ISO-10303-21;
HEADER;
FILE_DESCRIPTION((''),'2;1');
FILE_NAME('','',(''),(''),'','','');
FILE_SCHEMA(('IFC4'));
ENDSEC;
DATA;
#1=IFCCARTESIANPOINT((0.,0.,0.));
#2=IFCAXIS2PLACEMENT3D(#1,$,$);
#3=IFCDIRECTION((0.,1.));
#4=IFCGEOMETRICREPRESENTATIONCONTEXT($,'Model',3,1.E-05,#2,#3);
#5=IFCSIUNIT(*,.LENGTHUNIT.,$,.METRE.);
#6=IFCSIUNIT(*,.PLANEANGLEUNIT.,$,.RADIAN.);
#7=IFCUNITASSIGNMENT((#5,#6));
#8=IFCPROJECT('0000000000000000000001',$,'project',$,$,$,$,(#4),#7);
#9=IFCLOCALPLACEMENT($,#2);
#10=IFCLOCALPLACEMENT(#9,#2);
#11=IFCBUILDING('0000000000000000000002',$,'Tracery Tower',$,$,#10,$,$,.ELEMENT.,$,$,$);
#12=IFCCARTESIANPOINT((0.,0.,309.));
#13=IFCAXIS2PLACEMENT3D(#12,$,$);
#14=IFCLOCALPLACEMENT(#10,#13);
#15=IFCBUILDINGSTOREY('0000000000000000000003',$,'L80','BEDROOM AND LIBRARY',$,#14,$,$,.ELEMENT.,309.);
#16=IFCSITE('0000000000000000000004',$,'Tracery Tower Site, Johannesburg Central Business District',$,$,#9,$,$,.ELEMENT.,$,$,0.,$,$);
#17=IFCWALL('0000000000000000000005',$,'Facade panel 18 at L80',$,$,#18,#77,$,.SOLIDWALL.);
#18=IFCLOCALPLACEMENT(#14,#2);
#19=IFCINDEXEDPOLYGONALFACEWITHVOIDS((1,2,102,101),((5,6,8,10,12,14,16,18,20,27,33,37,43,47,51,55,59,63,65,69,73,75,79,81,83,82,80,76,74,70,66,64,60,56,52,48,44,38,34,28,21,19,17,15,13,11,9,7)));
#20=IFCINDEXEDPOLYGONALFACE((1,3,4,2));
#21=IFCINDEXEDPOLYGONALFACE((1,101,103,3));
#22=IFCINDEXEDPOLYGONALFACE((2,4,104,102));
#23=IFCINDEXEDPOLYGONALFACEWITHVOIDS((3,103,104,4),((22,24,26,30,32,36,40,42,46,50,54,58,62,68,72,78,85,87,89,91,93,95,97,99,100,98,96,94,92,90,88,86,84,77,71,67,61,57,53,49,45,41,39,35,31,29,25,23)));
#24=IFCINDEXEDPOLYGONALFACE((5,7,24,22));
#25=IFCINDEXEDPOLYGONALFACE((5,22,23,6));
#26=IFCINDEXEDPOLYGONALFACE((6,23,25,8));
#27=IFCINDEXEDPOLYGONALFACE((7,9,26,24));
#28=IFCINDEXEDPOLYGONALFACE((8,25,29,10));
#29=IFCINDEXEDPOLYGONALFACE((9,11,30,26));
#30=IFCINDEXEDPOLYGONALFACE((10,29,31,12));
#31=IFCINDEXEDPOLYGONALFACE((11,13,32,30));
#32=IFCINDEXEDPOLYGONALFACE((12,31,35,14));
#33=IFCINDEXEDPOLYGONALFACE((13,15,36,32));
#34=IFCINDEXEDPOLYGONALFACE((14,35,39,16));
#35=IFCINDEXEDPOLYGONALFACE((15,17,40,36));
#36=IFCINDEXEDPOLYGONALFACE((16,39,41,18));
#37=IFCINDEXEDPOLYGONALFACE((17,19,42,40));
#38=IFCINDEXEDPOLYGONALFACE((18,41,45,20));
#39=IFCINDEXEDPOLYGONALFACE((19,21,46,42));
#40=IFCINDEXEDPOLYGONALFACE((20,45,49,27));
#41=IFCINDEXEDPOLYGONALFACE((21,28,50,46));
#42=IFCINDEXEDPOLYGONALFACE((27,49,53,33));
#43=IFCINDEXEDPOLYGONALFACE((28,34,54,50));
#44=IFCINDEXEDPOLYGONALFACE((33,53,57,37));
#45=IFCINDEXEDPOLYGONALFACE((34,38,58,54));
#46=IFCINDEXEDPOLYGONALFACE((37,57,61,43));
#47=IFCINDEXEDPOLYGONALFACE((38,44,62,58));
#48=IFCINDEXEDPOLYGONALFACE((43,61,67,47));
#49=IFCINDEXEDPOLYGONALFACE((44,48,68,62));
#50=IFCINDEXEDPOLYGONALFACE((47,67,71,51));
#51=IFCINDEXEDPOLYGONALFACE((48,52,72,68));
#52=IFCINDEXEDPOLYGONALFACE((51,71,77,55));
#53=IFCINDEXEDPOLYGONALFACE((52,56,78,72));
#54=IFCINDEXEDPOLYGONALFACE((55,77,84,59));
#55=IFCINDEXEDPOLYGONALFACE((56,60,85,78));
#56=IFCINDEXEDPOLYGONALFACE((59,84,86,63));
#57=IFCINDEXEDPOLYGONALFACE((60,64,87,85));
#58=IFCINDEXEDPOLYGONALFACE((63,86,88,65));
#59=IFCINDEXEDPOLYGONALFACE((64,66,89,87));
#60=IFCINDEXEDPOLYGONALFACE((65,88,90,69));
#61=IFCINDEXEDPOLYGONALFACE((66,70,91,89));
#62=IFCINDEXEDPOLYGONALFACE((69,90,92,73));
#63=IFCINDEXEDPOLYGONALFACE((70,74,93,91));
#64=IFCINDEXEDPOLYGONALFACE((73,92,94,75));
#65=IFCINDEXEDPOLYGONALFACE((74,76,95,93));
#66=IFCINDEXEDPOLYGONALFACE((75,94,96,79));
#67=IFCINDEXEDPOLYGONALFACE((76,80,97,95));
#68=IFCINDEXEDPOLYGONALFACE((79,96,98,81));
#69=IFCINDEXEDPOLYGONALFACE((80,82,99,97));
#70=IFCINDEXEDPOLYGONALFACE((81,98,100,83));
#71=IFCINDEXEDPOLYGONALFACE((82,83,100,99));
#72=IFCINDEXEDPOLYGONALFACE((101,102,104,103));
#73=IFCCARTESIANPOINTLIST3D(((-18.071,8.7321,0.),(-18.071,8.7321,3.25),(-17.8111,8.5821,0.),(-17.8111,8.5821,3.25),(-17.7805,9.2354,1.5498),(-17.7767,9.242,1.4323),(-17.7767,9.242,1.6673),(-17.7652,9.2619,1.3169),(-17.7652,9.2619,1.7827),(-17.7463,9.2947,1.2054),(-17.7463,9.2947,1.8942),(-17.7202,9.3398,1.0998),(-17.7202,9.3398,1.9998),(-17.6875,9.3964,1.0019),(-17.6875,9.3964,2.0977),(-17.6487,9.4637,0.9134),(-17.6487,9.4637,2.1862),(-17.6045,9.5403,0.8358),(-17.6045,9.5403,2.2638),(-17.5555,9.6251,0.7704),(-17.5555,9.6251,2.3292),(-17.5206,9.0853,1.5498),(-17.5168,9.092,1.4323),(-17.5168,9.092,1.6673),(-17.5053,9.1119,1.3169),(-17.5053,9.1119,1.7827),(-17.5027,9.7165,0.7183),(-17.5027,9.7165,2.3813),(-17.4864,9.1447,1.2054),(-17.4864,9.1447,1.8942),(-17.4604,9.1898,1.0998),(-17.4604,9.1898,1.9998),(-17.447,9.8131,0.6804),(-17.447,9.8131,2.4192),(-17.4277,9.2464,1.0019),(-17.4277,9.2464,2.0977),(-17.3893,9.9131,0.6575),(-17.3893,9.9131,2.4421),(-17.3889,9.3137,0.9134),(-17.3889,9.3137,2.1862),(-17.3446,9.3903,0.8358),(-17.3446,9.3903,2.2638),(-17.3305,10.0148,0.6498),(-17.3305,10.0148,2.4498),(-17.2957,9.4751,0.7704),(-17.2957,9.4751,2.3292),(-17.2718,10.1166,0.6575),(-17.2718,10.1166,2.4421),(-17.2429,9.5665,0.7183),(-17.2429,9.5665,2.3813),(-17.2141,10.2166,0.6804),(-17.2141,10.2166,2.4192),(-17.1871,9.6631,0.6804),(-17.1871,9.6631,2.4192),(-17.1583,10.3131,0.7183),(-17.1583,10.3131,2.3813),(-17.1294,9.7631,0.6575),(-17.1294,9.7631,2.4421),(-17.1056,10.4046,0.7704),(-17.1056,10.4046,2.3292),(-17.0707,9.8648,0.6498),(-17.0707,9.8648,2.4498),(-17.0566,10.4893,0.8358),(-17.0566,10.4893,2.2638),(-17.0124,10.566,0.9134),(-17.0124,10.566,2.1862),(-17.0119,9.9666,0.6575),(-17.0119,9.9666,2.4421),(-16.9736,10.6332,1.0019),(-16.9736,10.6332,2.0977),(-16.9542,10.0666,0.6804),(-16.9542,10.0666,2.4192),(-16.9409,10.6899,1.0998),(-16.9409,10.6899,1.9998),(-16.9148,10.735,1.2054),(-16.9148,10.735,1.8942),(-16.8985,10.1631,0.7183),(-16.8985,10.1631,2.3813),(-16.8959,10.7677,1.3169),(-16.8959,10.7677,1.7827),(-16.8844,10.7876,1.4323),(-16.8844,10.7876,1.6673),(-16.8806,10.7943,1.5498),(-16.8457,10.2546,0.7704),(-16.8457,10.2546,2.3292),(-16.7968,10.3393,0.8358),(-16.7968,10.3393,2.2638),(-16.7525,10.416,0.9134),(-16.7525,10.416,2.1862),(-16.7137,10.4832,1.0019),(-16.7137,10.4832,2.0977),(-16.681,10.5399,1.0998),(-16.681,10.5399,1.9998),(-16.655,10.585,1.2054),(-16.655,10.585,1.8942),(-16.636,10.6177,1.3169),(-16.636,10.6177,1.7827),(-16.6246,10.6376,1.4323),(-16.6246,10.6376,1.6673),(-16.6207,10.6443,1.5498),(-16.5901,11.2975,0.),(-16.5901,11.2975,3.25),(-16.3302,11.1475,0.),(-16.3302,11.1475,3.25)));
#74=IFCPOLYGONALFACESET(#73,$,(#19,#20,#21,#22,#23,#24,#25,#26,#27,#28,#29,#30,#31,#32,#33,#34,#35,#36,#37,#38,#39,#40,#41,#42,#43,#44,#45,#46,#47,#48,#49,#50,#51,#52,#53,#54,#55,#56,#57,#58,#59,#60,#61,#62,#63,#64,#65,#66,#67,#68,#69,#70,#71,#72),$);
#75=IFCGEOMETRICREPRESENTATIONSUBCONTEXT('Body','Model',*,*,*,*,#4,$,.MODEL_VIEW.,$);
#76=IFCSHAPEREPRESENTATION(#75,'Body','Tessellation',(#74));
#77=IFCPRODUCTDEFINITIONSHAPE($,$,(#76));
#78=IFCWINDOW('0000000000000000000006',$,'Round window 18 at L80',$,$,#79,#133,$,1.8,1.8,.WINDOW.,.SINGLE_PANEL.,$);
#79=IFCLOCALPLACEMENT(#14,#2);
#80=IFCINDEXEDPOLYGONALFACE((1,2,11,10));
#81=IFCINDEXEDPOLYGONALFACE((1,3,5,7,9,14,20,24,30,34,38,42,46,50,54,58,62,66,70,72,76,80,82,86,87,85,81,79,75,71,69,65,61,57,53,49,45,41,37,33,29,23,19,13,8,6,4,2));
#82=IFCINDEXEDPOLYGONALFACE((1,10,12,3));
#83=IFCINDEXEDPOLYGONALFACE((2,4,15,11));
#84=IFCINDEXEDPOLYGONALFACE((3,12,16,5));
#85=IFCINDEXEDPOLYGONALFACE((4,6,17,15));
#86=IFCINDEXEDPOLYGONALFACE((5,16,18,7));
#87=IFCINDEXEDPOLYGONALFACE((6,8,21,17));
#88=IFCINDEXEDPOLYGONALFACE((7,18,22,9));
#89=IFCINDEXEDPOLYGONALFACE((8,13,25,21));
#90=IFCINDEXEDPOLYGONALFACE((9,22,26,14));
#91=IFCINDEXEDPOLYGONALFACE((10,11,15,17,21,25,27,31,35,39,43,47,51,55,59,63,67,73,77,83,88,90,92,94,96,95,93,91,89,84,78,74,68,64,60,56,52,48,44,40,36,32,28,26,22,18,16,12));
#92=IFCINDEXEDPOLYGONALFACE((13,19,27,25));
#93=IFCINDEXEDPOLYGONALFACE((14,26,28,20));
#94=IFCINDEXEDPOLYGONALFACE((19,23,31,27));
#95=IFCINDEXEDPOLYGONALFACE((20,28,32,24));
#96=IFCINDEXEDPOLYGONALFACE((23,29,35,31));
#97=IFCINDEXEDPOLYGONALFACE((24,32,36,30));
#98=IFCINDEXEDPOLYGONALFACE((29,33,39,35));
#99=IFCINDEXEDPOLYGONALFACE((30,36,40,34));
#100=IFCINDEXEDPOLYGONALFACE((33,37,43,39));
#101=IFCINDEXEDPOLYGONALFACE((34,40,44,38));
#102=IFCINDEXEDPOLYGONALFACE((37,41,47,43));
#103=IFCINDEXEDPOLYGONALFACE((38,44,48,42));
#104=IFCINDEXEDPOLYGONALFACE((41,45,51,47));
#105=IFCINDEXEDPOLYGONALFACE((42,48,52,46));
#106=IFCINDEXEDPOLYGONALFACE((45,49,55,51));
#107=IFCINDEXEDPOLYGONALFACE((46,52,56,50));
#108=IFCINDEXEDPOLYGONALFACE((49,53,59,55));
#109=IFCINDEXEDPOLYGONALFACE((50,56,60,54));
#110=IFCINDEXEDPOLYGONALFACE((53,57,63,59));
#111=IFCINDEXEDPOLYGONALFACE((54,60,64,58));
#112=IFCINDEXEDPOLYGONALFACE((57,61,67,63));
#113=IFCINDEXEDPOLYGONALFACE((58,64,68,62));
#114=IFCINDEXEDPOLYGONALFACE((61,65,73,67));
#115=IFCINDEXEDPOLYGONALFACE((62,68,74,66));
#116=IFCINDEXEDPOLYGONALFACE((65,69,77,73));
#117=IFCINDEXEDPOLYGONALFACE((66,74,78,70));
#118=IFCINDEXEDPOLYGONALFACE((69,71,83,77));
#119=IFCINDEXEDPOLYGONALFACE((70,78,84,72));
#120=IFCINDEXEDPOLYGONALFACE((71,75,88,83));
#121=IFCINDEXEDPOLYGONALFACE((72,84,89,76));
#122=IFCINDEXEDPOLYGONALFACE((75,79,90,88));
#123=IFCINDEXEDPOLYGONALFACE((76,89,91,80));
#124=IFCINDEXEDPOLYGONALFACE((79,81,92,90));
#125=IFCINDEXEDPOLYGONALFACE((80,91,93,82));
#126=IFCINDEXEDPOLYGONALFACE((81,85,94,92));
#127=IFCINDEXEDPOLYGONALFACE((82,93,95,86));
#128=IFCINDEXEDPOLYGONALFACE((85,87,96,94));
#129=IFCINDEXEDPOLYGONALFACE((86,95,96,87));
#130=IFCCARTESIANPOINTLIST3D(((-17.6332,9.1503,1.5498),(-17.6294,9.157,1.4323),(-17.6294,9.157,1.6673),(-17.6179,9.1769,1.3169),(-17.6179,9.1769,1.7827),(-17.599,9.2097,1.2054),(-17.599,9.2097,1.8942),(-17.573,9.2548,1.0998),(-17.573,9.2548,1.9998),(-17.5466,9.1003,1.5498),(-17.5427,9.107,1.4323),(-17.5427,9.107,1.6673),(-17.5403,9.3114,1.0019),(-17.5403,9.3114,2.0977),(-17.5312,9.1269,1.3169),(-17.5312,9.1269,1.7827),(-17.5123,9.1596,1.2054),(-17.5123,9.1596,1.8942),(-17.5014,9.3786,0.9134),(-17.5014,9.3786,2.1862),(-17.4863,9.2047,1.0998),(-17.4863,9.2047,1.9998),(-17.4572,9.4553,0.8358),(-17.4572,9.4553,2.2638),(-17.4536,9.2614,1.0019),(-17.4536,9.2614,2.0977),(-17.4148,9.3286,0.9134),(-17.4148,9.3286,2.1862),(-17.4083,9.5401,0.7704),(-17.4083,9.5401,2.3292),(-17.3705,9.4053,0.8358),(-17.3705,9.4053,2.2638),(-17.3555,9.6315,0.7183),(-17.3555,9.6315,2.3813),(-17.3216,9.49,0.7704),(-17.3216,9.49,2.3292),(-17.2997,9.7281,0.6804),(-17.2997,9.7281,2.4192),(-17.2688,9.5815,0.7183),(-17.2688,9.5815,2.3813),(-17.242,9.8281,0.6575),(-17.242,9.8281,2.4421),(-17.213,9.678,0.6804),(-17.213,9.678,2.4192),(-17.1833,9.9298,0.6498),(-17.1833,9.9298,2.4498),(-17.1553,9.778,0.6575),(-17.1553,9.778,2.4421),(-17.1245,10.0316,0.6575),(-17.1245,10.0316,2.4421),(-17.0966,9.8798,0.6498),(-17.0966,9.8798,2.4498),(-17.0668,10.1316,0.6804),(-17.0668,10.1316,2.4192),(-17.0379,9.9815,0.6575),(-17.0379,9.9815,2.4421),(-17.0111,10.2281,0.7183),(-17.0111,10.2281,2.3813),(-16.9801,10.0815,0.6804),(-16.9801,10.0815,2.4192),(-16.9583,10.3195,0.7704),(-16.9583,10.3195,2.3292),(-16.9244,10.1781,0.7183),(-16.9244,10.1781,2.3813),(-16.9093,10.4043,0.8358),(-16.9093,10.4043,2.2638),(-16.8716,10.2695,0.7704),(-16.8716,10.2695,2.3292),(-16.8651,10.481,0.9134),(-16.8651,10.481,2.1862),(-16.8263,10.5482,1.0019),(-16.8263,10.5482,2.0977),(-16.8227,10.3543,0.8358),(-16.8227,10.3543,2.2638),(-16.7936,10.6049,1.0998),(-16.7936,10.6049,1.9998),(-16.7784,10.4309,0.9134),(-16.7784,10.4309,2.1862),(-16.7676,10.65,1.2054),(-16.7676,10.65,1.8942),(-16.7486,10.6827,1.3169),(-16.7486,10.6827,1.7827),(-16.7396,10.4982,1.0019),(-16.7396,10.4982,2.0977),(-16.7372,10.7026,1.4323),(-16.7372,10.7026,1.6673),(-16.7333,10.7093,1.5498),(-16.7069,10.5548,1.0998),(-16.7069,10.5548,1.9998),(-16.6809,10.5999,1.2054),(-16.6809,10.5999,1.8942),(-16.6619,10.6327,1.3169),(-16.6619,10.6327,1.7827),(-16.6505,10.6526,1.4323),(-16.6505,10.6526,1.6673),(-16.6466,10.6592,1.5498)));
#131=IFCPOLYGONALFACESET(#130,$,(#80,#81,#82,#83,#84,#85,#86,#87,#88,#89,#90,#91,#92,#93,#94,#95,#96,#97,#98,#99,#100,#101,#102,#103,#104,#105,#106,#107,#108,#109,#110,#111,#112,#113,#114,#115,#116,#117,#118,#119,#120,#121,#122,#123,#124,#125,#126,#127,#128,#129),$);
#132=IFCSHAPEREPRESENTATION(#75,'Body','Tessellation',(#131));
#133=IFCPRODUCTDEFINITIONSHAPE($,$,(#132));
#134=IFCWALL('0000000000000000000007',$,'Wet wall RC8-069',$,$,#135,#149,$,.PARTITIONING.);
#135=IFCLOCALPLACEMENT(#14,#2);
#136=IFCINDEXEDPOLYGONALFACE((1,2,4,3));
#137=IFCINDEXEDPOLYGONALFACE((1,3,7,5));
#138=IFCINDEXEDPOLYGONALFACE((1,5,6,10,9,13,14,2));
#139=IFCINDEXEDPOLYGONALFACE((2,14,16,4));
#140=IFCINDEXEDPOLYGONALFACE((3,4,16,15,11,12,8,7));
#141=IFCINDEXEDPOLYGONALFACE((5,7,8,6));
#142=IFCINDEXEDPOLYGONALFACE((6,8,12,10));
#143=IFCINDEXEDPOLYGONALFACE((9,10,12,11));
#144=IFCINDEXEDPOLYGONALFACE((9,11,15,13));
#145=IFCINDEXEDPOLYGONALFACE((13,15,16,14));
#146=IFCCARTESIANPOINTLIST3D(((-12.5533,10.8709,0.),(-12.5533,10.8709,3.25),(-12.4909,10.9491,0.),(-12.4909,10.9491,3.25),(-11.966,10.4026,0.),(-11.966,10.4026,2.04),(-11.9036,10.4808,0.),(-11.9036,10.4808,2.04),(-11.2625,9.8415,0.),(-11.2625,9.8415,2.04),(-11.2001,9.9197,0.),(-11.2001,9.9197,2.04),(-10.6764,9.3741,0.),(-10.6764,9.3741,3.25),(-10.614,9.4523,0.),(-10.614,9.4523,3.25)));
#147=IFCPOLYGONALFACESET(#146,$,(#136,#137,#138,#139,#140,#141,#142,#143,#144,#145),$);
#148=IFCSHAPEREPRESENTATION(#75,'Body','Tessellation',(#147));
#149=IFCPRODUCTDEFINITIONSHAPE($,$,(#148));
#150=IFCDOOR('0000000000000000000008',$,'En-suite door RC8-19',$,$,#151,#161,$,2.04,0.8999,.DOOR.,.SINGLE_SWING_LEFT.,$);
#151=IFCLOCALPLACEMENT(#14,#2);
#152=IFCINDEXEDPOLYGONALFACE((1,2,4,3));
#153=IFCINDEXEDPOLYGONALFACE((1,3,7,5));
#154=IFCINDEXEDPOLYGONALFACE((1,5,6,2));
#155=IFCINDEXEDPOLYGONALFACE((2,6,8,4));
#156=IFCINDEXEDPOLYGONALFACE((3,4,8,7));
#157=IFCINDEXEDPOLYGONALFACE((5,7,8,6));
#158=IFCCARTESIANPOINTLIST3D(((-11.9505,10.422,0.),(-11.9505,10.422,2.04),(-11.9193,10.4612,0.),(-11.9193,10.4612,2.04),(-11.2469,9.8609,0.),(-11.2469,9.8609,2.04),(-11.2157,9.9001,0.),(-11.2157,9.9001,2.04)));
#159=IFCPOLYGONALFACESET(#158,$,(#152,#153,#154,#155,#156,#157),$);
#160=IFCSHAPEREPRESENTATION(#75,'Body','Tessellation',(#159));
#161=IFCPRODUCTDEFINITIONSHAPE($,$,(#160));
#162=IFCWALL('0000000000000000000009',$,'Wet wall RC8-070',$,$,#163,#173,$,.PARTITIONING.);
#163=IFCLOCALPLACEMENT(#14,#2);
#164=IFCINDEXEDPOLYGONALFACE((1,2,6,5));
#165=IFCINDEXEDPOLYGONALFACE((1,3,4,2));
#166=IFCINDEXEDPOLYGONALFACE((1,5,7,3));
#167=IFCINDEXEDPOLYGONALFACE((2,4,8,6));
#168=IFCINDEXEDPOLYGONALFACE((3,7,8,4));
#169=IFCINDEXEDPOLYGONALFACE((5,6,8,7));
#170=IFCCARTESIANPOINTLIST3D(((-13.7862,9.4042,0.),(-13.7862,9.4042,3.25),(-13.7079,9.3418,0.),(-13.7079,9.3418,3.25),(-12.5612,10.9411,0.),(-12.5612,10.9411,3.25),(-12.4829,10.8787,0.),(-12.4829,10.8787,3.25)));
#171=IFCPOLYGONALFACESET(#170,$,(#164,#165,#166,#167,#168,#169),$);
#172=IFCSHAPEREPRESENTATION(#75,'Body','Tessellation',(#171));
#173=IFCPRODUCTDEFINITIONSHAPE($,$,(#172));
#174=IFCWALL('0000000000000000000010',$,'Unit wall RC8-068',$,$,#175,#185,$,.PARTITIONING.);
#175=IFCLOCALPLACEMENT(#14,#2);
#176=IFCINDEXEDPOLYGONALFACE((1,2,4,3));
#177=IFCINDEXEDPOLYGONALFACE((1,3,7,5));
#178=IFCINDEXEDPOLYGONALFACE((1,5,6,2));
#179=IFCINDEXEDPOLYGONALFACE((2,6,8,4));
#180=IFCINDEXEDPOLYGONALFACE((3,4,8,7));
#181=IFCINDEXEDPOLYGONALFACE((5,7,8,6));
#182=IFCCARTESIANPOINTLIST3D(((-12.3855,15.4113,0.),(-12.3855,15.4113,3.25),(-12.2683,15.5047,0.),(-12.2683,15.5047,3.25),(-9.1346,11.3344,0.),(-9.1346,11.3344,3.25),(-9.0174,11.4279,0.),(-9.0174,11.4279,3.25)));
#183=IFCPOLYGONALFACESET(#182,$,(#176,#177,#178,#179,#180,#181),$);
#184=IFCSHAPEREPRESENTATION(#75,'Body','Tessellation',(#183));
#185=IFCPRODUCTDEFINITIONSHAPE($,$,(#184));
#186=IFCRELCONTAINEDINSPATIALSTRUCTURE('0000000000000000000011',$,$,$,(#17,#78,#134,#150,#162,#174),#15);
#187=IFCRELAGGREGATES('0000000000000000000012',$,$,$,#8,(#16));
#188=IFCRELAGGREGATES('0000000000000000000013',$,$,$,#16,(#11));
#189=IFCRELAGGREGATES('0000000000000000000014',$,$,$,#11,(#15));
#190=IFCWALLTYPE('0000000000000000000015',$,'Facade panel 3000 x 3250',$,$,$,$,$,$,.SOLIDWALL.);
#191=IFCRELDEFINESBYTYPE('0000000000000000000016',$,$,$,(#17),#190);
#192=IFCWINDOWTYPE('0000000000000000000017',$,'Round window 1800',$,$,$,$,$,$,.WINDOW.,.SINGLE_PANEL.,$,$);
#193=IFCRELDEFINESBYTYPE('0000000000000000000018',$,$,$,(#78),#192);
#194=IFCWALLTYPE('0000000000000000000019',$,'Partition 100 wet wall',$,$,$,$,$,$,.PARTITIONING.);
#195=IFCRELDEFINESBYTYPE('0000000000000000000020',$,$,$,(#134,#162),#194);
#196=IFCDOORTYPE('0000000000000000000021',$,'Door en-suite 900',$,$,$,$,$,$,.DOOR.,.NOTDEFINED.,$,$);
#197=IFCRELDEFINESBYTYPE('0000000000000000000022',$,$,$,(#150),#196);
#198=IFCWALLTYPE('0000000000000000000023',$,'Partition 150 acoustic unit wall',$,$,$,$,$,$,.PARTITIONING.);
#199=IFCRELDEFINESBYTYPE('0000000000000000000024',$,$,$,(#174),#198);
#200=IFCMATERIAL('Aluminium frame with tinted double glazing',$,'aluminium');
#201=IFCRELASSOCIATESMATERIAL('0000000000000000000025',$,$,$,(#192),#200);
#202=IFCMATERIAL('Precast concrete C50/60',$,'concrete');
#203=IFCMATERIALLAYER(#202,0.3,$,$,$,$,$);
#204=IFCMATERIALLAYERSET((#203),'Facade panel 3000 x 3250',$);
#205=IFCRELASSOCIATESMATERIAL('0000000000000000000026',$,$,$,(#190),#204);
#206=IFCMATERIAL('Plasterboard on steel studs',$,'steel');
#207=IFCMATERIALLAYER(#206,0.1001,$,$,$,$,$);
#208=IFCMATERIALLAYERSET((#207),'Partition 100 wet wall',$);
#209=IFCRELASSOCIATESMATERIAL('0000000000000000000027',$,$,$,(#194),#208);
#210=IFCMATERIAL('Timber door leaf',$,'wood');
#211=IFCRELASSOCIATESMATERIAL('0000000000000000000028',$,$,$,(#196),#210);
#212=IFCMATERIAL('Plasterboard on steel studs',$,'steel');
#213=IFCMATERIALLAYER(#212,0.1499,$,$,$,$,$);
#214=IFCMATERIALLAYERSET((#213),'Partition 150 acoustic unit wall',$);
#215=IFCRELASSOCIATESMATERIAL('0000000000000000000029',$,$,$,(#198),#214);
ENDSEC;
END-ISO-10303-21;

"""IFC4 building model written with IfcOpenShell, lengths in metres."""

from ifc_helpers import new_model, si_unit, direction, frame, frame_2d, origin, origin_2d, place, context, subcontext, project, spatial, rectangle, circle, extrude, material, layer, layer_set, type_object, element, fill, save


model = new_model("IFC4")

# Units and contexts
model_context = context("Model", 3, precision=1e-05, world=origin(), true_north=direction((0.0, 1.0)))
body_context = subcontext(model_context, "Body", "Model", "MODEL_VIEW")
ifc_project = project(units=[si_unit("LENGTHUNIT", "METRE"), si_unit("PLANEANGLEUNIT", "RADIAN")], contexts=[model_context])

# Site, building, storey
site_placement = place(None, origin())
site = spatial("IfcSite", under=ifc_project, at=site_placement, Name="Tracery Tower Site, Johannesburg Central Business District", CompositionType="ELEMENT", RefElevation=0.0)
building_placement = place(site_placement, origin())
building = spatial("IfcBuilding", under=site, at=building_placement, Name="Tracery Tower", CompositionType="ELEMENT")
storey_placement = place(building_placement, frame((0.0, 0.0, 309.0)))
storey = spatial("IfcBuildingStorey", under=building, at=storey_placement, Name="L80", Description="BEDROOM AND LIBRARY", CompositionType="ELEMENT", Elevation=309.0)

# Wall, opening, window
ifc_material_1 = material(Name="Aluminium frame with tinted double glazing", Category="aluminium")
window_type = type_object("IfcWindowType", Name="Round window 1800", PartitioningType="SINGLE_PANEL", PredefinedType="WINDOW", material=ifc_material_1)
ifc_material_2 = material(Name="Precast concrete C50/60", Category="concrete")
ifc_layer_1 = layer(ifc_material_2, 0.3)
ifc_layer_set_1 = layer_set([ifc_layer_1], Name="Facade panel 3000 x 3250")
wall_type_1 = type_object("IfcWallType", Name="Facade panel 3000 x 3250", PredefinedType="SOLIDWALL", material=ifc_layer_set_1)
wall_1_placement = place(storey_placement, frame((-16.4602, 11.2224, 0.0), z_axis=(0.0, 0.0, 1.0), x_axis=(-0.499951, -0.866054, 0.0)))
wall_1 = element("IfcWall", 1, at=wall_1_placement, inside=storey, type_object=wall_type_1, Name="Facade panel 18 at L80", PredefinedType="SOLIDWALL", context=body_context, shape_type="SweptSolid", body=[
    extrude(rectangle(XDim=2.9622, YDim=0.3, at=frame_2d((1.481, 0.0))), origin(), (0.0, 0.0, 1.0), 3.25),
])
opening_1_placement = place(wall_1_placement, frame((1.481, 0.0, 1.5498)))
opening_1 = element("IfcOpeningElement", 2, at=opening_1_placement, cuts=wall_1, PredefinedType="OPENING", context=body_context, shape_type="SweptSolid", body=[
    extrude(circle(Radius=0.9, at=origin_2d()), frame((0.0, 0.1599, 0.0), z_axis=(0.0, -1.0, 0.0), x_axis=(1.0, 0.0, 0.0)), (0.0, 0.0, 1.0), 0.3201),
])
window_1_placement = place(opening_1_placement, origin())
window_1 = element("IfcWindow", 3, at=window_1_placement, inside=storey, type_object=window_type, Name="Round window 18 at L80", OverallHeight=1.8, OverallWidth=1.8, PartitioningType="SINGLE_PANEL", PredefinedType="WINDOW", context=body_context, shape_type="SweptSolid", body=[
    extrude(circle(Radius=0.9, at=origin_2d()), frame((0.0, 0.1201, 0.0), z_axis=(0.0, -1.0, 0.0), x_axis=(1.0, 0.0, 0.0)), (0.0, 0.0, 1.0), 0.1001),
])
fill(opening_1, window_1)

# Wall, opening, door
ifc_material_3 = material(Name="Plasterboard on steel studs", Category="steel")
ifc_layer_2 = layer(ifc_material_3, 0.1001)
ifc_layer_set_2 = layer_set([ifc_layer_2], Name="Partition 100 wet wall")
wall_type_2 = type_object("IfcWallType", Name="Partition 100 wet wall", PredefinedType="PARTITIONING", material=ifc_layer_set_2)
wall_2_placement = place(storey_placement, frame((-12.522, 10.9099, 0.0), z_axis=(0.0, 0.0, 1.0), x_axis=(0.78183, -0.623491, 0.0)))
wall_2 = element("IfcWall", 4, at=wall_2_placement, inside=storey, type_object=wall_type_2, Name="Wet wall RC8-069", PredefinedType="PARTITIONING", context=body_context, shape_type="SweptSolid", body=[
    extrude(rectangle(XDim=2.4006, YDim=0.1001, at=frame_2d((1.2002, 0.0))), origin(), (0.0, 0.0, 1.0), 3.25),
])
opening_2_placement = place(wall_2_placement, frame((0.751, 0.0, 0.0)))
opening_2 = element("IfcOpeningElement", 5, at=opening_2_placement, cuts=wall_2, PredefinedType="OPENING", context=body_context, shape_type="SweptSolid", body=[
    extrude(rectangle(XDim=0.8999, YDim=2.04, at=frame_2d((0.45, 1.02))), frame((0.0, 0.05, 0.0), z_axis=(0.0, -1.0, 0.0), x_axis=(1.0, 0.0, 0.0)), (0.0, 0.0, 1.0), 0.1001),
])
ifc_material_4 = material(Name="Timber door leaf", Category="wood")
door_type_1 = type_object("IfcDoorType", Name="Door en-suite 900", OperationType="NOTDEFINED", PredefinedType="DOOR", material=ifc_material_4)
door_1_placement = place(opening_2_placement, origin())
door_1 = element("IfcDoor", 6, at=door_1_placement, inside=storey, type_object=door_type_1, Name="En-suite door RC8-19", OperationType="SINGLE_SWING_LEFT", OverallHeight=2.04, OverallWidth=0.8999, PredefinedType="DOOR", context=body_context, shape_type="SweptSolid", body=[
    extrude(rectangle(XDim=0.8999, YDim=2.04, at=frame_2d((0.45, 1.02))), frame((0.0, 0.0249, 0.0), z_axis=(0.0, -1.0, 0.0), x_axis=(1.0, 0.0, 0.0)), (0.0, 0.0, 1.0), 0.05),
])
fill(opening_2, door_1)

# Walls
wall_3_placement = place(storey_placement, frame((-13.7471, 9.373, 0.0), z_axis=(0.0, 0.0, 1.0), x_axis=(0.623331, 0.781958, 0.0)))
element("IfcWall", 7, at=wall_3_placement, inside=storey, type_object=wall_type_2, Name="Wet wall RC8-070", PredefinedType="PARTITIONING", context=body_context, shape_type="SweptSolid", body=[
    extrude(rectangle(XDim=1.9653, YDim=0.1001, at=frame_2d((0.9827, 0.0))), origin(), (0.0, 0.0, 1.0), 3.25),
])
ifc_material_5 = material(Name="Plasterboard on steel studs", Category="steel")
ifc_layer_3 = layer(ifc_material_5, 0.1499)
ifc_layer_set_3 = layer_set([ifc_layer_3], Name="Partition 150 acoustic unit wall")
wall_type_3 = type_object("IfcWallType", Name="Partition 150 acoustic unit wall", PredefinedType="PARTITIONING", material=ifc_layer_set_3)
wall_4_placement = place(storey_placement, frame((-12.3269, 15.458, 0.0), z_axis=(0.0, 0.0, 1.0), x_axis=(0.623461, -0.781854, 0.0)))
element("IfcWall", 8, at=wall_4_placement, inside=storey, type_object=wall_type_3, Name="Unit wall RC8-068", PredefinedType="PARTITIONING", context=body_context, shape_type="SweptSolid", body=[
    extrude(rectangle(XDim=5.2144, YDim=0.1499, at=frame_2d((2.6072, 0.0))), origin(), (0.0, 0.0, 1.0), 3.25),
])

save(model, "model.ifc")
